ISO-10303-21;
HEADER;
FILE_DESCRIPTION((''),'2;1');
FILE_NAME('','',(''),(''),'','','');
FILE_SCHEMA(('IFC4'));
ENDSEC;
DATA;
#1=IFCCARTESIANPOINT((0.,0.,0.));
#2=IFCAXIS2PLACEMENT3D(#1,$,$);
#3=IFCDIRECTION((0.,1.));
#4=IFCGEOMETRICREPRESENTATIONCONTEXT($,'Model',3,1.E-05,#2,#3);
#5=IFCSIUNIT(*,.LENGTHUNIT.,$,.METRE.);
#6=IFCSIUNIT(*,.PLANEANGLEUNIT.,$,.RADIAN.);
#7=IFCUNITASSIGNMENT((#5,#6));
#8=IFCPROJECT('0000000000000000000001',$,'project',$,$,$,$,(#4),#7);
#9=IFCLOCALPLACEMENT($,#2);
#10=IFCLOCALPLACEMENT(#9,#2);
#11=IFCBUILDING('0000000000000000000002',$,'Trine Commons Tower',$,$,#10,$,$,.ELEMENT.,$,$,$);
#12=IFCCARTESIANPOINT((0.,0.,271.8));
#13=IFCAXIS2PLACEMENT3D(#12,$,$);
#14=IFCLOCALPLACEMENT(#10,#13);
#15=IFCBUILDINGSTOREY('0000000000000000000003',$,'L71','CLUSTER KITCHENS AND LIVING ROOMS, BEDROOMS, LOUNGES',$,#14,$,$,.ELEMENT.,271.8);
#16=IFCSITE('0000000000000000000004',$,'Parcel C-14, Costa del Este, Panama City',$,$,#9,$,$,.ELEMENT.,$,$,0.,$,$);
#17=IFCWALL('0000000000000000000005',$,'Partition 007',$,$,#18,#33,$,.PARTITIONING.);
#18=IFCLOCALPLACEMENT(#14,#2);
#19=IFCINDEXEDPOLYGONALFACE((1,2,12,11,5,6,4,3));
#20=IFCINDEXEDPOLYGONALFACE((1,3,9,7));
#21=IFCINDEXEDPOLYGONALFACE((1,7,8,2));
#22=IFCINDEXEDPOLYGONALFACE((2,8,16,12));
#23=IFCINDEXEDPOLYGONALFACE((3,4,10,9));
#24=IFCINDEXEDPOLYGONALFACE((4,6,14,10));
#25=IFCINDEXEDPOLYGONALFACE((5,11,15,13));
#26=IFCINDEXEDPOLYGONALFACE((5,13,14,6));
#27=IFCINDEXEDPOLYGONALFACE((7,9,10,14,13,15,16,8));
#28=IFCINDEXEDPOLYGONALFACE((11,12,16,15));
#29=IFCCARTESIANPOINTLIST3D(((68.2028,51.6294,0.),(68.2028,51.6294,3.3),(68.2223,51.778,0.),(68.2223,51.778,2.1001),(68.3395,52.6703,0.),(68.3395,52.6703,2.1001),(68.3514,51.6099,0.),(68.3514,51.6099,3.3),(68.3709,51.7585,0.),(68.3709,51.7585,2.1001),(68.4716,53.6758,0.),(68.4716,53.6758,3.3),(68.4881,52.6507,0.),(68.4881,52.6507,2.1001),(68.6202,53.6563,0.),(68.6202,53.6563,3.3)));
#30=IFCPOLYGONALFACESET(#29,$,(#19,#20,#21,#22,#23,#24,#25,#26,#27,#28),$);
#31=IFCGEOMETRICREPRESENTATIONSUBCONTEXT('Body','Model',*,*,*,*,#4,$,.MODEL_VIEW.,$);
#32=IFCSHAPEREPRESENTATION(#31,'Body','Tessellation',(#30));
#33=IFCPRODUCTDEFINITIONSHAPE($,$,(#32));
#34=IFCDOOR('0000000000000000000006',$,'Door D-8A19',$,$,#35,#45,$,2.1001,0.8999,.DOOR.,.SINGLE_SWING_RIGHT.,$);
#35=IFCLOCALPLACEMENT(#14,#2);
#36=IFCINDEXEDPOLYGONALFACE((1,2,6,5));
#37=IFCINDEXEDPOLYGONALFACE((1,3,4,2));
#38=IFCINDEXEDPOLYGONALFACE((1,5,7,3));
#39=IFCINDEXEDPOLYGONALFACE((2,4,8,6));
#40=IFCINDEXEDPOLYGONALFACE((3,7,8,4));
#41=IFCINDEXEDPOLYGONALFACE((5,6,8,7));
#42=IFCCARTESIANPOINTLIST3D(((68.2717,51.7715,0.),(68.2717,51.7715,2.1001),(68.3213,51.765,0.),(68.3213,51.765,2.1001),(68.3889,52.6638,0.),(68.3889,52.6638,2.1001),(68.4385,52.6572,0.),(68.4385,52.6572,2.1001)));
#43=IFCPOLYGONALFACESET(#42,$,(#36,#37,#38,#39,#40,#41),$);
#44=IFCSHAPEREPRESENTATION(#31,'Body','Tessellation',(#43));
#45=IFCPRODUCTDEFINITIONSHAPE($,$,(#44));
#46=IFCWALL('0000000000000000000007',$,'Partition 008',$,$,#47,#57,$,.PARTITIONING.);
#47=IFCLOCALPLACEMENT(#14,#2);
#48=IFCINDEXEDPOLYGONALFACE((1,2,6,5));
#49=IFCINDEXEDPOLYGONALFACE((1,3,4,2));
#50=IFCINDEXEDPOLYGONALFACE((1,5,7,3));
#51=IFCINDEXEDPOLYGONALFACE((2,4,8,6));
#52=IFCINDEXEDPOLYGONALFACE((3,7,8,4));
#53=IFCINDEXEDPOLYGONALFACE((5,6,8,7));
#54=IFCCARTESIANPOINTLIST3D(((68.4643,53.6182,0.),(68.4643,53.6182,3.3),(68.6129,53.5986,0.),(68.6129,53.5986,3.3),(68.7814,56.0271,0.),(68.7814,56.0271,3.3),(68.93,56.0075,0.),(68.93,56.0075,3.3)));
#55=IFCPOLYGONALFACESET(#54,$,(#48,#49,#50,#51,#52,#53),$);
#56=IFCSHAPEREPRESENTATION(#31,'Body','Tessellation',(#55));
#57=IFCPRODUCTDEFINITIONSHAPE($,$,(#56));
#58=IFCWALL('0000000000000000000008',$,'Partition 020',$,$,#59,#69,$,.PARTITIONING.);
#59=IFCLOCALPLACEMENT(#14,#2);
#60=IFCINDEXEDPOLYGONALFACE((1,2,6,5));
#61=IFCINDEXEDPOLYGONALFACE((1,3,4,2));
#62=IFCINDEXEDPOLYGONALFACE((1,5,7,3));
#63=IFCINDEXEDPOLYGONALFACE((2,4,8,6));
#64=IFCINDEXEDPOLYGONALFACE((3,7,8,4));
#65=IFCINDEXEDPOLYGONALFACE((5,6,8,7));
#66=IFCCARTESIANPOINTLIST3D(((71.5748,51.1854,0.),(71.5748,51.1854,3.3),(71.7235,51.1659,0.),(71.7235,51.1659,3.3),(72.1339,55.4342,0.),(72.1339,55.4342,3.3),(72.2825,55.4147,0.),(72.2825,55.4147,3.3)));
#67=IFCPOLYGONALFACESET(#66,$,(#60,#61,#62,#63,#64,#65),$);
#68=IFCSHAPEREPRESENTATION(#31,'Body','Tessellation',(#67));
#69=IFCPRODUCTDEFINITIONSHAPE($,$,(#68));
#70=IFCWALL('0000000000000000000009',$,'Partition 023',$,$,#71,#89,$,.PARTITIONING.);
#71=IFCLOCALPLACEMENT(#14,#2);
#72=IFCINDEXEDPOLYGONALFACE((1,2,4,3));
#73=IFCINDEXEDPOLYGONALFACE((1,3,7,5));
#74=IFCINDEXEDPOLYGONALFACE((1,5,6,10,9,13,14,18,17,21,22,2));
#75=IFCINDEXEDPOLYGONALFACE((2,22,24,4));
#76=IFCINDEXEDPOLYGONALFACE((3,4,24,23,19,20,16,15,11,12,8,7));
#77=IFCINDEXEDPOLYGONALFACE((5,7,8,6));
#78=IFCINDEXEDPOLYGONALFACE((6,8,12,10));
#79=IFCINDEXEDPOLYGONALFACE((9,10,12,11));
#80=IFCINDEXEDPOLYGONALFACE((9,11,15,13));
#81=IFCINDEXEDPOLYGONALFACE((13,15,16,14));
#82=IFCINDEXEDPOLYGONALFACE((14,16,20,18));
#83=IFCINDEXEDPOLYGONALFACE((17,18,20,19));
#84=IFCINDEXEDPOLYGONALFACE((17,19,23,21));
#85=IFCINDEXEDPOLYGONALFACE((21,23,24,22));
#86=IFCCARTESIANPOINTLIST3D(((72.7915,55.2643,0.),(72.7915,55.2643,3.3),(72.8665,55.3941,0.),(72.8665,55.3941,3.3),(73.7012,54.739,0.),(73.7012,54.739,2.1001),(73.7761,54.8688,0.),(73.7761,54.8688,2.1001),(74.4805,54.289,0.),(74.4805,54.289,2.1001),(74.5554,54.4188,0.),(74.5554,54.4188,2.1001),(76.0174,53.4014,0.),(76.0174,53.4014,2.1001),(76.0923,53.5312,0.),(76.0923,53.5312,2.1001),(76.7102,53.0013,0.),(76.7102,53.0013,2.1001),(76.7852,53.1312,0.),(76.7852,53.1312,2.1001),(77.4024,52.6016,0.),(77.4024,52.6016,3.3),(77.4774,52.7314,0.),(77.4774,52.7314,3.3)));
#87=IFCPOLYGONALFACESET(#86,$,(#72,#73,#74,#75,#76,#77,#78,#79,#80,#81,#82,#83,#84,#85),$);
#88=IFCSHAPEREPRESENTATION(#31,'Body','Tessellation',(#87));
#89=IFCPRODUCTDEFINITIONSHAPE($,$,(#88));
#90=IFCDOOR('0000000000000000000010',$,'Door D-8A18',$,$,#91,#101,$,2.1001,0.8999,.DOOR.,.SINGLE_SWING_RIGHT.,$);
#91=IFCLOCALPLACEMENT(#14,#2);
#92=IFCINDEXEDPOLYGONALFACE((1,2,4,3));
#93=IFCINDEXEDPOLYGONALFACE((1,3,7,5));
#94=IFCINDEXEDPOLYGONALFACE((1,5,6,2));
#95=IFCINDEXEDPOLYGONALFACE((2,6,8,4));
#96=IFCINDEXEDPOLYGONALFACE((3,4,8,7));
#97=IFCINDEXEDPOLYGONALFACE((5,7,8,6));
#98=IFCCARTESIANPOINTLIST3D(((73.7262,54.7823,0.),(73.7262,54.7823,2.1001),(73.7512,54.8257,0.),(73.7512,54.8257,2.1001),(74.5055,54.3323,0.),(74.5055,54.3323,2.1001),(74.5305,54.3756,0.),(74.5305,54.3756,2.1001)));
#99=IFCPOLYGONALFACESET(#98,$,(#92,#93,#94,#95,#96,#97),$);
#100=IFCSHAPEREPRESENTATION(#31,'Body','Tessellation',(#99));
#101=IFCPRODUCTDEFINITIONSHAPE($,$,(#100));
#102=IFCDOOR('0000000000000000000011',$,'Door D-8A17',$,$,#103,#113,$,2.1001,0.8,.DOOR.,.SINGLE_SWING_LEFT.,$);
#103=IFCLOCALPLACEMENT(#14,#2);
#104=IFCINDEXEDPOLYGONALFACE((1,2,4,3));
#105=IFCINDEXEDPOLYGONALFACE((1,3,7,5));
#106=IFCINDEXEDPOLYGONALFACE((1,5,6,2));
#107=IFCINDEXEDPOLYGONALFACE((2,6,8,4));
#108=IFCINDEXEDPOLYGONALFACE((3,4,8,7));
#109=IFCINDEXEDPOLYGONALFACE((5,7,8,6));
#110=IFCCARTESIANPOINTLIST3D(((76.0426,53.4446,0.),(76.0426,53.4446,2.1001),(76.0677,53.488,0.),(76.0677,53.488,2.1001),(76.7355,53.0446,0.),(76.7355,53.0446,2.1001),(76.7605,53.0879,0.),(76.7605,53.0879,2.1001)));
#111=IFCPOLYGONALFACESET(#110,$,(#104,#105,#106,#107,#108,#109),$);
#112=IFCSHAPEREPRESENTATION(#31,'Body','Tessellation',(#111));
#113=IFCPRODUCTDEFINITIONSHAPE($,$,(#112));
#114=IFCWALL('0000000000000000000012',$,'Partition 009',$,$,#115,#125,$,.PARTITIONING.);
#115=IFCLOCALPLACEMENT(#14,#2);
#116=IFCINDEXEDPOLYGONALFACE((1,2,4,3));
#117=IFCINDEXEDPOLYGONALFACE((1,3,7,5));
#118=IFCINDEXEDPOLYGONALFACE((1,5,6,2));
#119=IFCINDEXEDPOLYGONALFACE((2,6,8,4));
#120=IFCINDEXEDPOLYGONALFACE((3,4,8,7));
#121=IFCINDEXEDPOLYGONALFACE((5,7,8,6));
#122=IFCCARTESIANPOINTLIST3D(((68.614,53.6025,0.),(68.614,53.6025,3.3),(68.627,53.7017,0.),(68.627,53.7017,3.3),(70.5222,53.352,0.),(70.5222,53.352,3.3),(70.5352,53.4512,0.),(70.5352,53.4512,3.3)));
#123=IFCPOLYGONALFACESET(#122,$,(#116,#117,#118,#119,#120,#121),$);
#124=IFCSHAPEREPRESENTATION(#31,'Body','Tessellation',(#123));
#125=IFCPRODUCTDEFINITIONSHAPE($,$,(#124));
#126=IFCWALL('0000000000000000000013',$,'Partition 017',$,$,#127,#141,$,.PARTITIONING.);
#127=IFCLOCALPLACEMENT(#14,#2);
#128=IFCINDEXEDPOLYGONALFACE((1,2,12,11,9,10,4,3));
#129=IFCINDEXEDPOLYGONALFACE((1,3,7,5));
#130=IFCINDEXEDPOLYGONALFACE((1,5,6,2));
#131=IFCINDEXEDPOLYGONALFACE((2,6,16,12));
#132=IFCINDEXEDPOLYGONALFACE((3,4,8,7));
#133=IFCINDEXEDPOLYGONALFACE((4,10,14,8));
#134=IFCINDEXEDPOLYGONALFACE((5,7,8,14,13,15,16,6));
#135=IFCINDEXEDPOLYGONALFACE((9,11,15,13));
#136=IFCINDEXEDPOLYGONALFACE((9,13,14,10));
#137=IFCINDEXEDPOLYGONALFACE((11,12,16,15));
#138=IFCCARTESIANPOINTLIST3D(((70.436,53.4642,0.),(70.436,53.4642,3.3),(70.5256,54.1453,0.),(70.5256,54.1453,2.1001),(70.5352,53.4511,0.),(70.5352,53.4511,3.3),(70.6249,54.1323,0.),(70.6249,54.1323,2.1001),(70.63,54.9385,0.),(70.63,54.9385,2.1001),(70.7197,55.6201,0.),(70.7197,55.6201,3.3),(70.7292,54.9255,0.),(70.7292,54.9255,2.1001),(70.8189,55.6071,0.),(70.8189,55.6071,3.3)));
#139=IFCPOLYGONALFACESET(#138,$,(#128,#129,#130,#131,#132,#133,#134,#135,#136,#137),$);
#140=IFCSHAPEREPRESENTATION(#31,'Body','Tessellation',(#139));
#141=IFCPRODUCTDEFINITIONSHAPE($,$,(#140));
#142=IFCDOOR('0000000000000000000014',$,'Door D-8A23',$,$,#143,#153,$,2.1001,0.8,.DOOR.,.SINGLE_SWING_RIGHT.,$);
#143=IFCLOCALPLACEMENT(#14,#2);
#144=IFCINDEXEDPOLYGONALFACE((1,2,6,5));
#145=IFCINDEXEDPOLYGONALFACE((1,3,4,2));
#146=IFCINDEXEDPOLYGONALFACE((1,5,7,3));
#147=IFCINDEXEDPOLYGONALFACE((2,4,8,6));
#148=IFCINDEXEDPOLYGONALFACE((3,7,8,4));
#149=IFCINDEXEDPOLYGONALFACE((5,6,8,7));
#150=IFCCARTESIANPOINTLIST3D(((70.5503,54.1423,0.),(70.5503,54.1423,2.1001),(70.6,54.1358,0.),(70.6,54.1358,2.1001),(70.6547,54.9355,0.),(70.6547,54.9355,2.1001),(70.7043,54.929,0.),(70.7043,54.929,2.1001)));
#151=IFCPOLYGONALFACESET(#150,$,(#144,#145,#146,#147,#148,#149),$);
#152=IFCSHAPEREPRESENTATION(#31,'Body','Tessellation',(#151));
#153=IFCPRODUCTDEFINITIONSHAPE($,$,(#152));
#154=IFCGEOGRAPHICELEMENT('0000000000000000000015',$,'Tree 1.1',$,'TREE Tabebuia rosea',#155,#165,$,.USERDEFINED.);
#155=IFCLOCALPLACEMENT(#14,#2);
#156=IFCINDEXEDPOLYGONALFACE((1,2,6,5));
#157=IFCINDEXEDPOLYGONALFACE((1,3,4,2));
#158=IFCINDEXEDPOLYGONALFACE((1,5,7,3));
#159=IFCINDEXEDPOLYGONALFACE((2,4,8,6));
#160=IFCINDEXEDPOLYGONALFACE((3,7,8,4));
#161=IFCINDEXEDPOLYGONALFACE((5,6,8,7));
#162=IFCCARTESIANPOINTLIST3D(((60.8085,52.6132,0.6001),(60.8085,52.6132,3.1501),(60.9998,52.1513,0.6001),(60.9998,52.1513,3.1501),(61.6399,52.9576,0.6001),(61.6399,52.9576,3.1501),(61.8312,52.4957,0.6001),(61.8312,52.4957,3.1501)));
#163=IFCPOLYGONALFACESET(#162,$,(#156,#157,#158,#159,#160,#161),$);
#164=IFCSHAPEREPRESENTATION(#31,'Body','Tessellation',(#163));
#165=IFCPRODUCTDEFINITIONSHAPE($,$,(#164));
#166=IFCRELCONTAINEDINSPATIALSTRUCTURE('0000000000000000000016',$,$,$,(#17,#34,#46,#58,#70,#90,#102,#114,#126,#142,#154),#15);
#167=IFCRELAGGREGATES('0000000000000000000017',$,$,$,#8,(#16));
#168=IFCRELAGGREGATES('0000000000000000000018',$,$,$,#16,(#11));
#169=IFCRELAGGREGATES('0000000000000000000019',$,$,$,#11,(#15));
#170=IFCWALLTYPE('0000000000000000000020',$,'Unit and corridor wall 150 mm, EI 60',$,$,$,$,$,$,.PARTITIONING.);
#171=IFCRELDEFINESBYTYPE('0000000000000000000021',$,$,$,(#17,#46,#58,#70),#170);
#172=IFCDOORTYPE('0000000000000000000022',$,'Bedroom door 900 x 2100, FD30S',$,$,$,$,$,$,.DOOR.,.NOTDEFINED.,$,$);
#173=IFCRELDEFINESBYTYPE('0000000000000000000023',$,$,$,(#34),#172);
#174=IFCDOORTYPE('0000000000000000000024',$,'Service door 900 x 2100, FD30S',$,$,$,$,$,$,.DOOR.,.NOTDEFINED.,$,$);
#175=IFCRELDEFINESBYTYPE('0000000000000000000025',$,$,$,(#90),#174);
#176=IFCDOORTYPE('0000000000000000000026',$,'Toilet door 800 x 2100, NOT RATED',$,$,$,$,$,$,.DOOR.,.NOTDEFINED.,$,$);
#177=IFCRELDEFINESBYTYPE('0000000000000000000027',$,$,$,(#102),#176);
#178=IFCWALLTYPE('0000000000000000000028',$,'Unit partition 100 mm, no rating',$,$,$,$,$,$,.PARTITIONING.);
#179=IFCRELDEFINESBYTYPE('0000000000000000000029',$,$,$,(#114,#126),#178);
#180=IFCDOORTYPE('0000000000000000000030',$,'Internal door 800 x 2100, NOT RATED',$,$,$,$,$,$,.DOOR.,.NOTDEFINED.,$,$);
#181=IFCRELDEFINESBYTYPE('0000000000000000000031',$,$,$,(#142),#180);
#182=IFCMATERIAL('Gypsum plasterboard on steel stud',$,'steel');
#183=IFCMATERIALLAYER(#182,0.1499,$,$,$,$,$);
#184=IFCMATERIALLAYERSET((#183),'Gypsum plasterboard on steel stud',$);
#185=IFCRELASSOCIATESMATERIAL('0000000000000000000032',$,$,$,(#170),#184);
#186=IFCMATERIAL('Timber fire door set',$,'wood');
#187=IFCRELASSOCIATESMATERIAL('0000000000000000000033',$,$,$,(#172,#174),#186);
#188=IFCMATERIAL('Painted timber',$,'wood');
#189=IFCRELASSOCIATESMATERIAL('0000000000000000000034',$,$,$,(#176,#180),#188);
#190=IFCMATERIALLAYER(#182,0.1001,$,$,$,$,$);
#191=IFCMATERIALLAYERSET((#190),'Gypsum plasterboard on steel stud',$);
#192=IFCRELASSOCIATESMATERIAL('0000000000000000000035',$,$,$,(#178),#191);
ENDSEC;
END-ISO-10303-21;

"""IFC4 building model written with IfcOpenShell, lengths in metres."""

from ifc_helpers import new_model, si_unit, direction, frame, frame_2d, origin, origin_2d, place, context, subcontext, project, spatial, rectangle, extrude, material, layer, layer_set, type_object, element, fill, save


model = new_model("IFC4")

# Units and contexts
model_context = context("Model", 3, precision=1e-05, world=origin(), true_north=direction((0.0, 1.0)))
body_context = subcontext(model_context, "Body", "Model", "MODEL_VIEW")
ifc_project = project(units=[si_unit("LENGTHUNIT", "METRE"), si_unit("PLANEANGLEUNIT", "RADIAN")], contexts=[model_context])

# Site, building, storey
site_placement = place(None, origin())
site = spatial("IfcSite", under=ifc_project, at=site_placement, Name="Parcel C-14, Costa del Este, Panama City", CompositionType="ELEMENT", RefElevation=0.0)
building_placement = place(site_placement, origin())
building = spatial("IfcBuilding", under=site, at=building_placement, Name="Trine Commons Tower", CompositionType="ELEMENT")
storey_placement = place(building_placement, frame((0.0, 0.0, 271.8)))
storey = spatial("IfcBuildingStorey", under=building, at=storey_placement, Name="L71", Description="CLUSTER KITCHENS AND LIVING ROOMS, BEDROOMS, LOUNGES", CompositionType="ELEMENT", Elevation=271.8)

# Wall, opening, door
ifc_material_1 = material(Name="Gypsum plasterboard on steel stud", Category="steel")
ifc_layer_1 = layer(ifc_material_1, 0.1499)
ifc_layer_set_1 = layer_set([ifc_layer_1], Name="Gypsum plasterboard on steel stud")
wall_type_1 = type_object("IfcWallType", Name="Unit and corridor wall 150 mm, EI 60", PredefinedType="PARTITIONING", material=ifc_layer_set_1)
wall_1_placement = place(storey_placement, frame((68.2771, 51.6196, 0.0), z_axis=(0.0, 0.0, 1.0), x_axis=(0.130234, 0.991483, 0.0)))
wall_1 = element("IfcWall", 1, at=wall_1_placement, inside=storey, type_object=wall_type_1, Name="Partition 007", PredefinedType="PARTITIONING", context=body_context, shape_type="SweptSolid", body=[
    extrude(rectangle(XDim=2.064, YDim=0.1499, at=frame_2d((1.032, 0.0))), origin(), (0.0, 0.0, 1.0), 3.3),
])
opening_1_placement = place(wall_1_placement, frame((0.1499, 0.0, 0.0)))
opening_1 = element("IfcOpeningElement", 2, at=opening_1_placement, cuts=wall_1, PredefinedType="OPENING", context=body_context, shape_type="SweptSolid", body=[
    extrude(rectangle(XDim=0.8999, YDim=2.1001, at=frame_2d((0.45, 1.05))), frame((0.0, 0.085, 0.0), z_axis=(0.0, -1.0, 0.0), x_axis=(1.0, 0.0, 0.0)), (0.0, 0.0, 1.0), 0.1699),
])
ifc_material_2 = material(Name="Timber fire door set", Category="wood")
door_type_1 = type_object("IfcDoorType", Name="Bedroom door 900 x 2100, FD30S", OperationType="NOTDEFINED", PredefinedType="DOOR", material=ifc_material_2)
door_1_placement = place(opening_1_placement, frame((0.8999, 0.0, 0.0), z_axis=(0.0, 0.0, 1.0), x_axis=(-1.0, 0.0, 0.0)))
door_1 = element("IfcDoor", 3, at=door_1_placement, inside=storey, type_object=door_type_1, Name="Door D-8A19", OperationType="SINGLE_SWING_RIGHT", OverallHeight=2.1001, OverallWidth=0.8999, PredefinedType="DOOR", context=body_context, shape_type="SweptSolid", body=[
    extrude(rectangle(XDim=0.8999, YDim=2.1001, at=frame_2d((0.45, 1.05))), frame((0.0, 0.0249, 0.0), z_axis=(0.0, -1.0, 0.0), x_axis=(1.0, 0.0, 0.0)), (0.0, 0.0, 1.0), 0.05),
])
fill(opening_1, door_1)

# Walls
wall_2_placement = place(storey_placement, frame((68.5386, 53.6084, 0.0), z_axis=(0.0, 0.0, 1.0), x_axis=(0.130525, 0.991445, 0.0)))
element("IfcWall", 4, at=wall_2_placement, inside=storey, type_object=wall_type_1, Name="Partition 008", PredefinedType="PARTITIONING", context=body_context, shape_type="SweptSolid", body=[
    extrude(rectangle(XDim=2.4297, YDim=0.1499, at=frame_2d((1.2148, 0.0))), origin(), (0.0, 0.0, 1.0), 3.3),
])
wall_3_placement = place(storey_placement, frame((71.6492, 51.1758, 0.0), z_axis=(0.0, 0.0, 1.0), x_axis=(0.130462, 0.991453, 0.0)))
element("IfcWall", 5, at=wall_3_placement, inside=storey, type_object=wall_type_1, Name="Partition 020", PredefinedType="PARTITIONING", context=body_context, shape_type="SweptSolid", body=[
    extrude(rectangle(XDim=4.2854, YDim=0.1499, at=frame_2d((2.1426, 0.0))), origin(), (0.0, 0.0, 1.0), 3.3),
])

# Wall, openings, doors
wall_4_placement = place(storey_placement, frame((72.8291, 55.3291, 0.0), z_axis=(0.0, 0.0, 1.0), x_axis=(0.865982, -0.500074, 0.0)))
wall_4 = element("IfcWall", 6, at=wall_4_placement, inside=storey, type_object=wall_type_1, Name="Partition 023", PredefinedType="PARTITIONING", context=body_context, shape_type="SweptSolid", body=[
    extrude(rectangle(XDim=5.3245, YDim=0.1499, at=frame_2d((2.6621, 0.0))), origin(), (0.0, 0.0, 1.0), 3.3),
])
opening_2_placement = place(wall_4_placement, frame((3.7251, 0.0, 0.0)))
opening_2 = element("IfcOpeningElement", 7, at=opening_2_placement, cuts=wall_4, PredefinedType="OPENING", context=body_context, shape_type="SweptSolid", body=[
    extrude(rectangle(XDim=0.8, YDim=2.1001, at=frame_2d((0.3999, 1.05))), frame((0.0, 0.085, 0.0), z_axis=(0.0, -1.0, 0.0), x_axis=(1.0, 0.0, 0.0)), (0.0, 0.0, 1.0), 0.1699),
])
opening_3_placement = place(wall_4_placement, frame((1.0503, 0.0, 0.0)))
opening_3 = element("IfcOpeningElement", 8, at=opening_3_placement, cuts=wall_4, PredefinedType="OPENING", context=body_context, shape_type="SweptSolid", body=[
    extrude(rectangle(XDim=0.8999, YDim=2.1001, at=frame_2d((0.45, 1.05))), frame((0.0, 0.085, 0.0), z_axis=(0.0, -1.0, 0.0), x_axis=(1.0, 0.0, 0.0)), (0.0, 0.0, 1.0), 0.1699),
])
door_type_2 = type_object("IfcDoorType", Name="Service door 900 x 2100, FD30S", OperationType="NOTDEFINED", PredefinedType="DOOR", material=ifc_material_2)
door_2_placement = place(opening_3_placement, frame((0.8999, 0.0, 0.0), z_axis=(0.0, 0.0, 1.0), x_axis=(-1.0, 0.0, 0.0)))
door_2 = element("IfcDoor", 9, at=door_2_placement, inside=storey, type_object=door_type_2, Name="Door D-8A18", OperationType="SINGLE_SWING_RIGHT", OverallHeight=2.1001, OverallWidth=0.8999, PredefinedType="DOOR", context=body_context, shape_type="SweptSolid", body=[
    extrude(rectangle(XDim=0.8999, YDim=2.1001, at=frame_2d((0.45, 1.05))), frame((0.0, 0.0249, 0.0), z_axis=(0.0, -1.0, 0.0), x_axis=(1.0, 0.0, 0.0)), (0.0, 0.0, 1.0), 0.05),
])
fill(opening_3, door_2)
ifc_material_3 = material(Name="Painted timber", Category="wood")
door_type_3 = type_object("IfcDoorType", Name="Toilet door 800 x 2100, NOT RATED", OperationType="NOTDEFINED", PredefinedType="DOOR", material=ifc_material_3)
door_3_placement = place(opening_2_placement, frame((0.8, 0.0, 0.0), z_axis=(0.0, 0.0, 1.0), x_axis=(-1.0, 0.0, 0.0)))
door_3 = element("IfcDoor", 10, at=door_3_placement, inside=storey, type_object=door_type_3, Name="Door D-8A17", OperationType="SINGLE_SWING_LEFT", OverallHeight=2.1001, OverallWidth=0.8, PredefinedType="DOOR", context=body_context, shape_type="SweptSolid", body=[
    extrude(rectangle(XDim=0.8, YDim=2.1001, at=frame_2d((0.3999, 1.05))), frame((0.0, 0.0249, 0.0), z_axis=(0.0, -1.0, 0.0), x_axis=(1.0, 0.0, 0.0)), (0.0, 0.0, 1.0), 0.05),
])
fill(opening_2, door_3)

# Wall
ifc_layer_2 = layer(ifc_material_1, 0.1001)
ifc_layer_set_2 = layer_set([ifc_layer_2], Name="Gypsum plasterboard on steel stud")
wall_type_2 = type_object("IfcWallType", Name="Unit partition 100 mm, no rating", PredefinedType="PARTITIONING", material=ifc_layer_set_2)
wall_5_placement = place(storey_placement, frame((68.6204, 53.6521, 0.0), z_axis=(0.0, 0.0, 1.0), x_axis=(0.991494, -0.130153, 0.0)))
element("IfcWall", 11, at=wall_5_placement, inside=storey, type_object=wall_type_2, Name="Partition 009", PredefinedType="PARTITIONING", context=body_context, shape_type="SweptSolid", body=[
    extrude(rectangle(XDim=1.9246, YDim=0.1001, at=frame_2d((0.9624, 0.0))), origin(), (0.0, 0.0, 1.0), 3.3),
])

# Wall, opening, door
wall_6_placement = place(storey_placement, frame((70.4856, 53.4575, 0.0), z_axis=(0.0, 0.0, 1.0), x_axis=(0.130457, 0.991454, 0.0)))
wall_6 = element("IfcWall", 12, at=wall_6_placement, inside=storey, type_object=wall_type_2, Name="Partition 017", PredefinedType="PARTITIONING", context=body_context, shape_type="SweptSolid", body=[
    extrude(rectangle(XDim=2.1746, YDim=0.1001, at=frame_2d((1.0874, 0.0))), origin(), (0.0, 0.0, 1.0), 3.3),
])
opening_4_placement = place(wall_6_placement, frame((0.6873, 0.0, 0.0)))
opening_4 = element("IfcOpeningElement", 13, at=opening_4_placement, cuts=wall_6, PredefinedType="OPENING", context=body_context, shape_type="SweptSolid", body=[
    extrude(rectangle(XDim=0.8, YDim=2.1001, at=frame_2d((0.3999, 1.05))), frame((0.0, 0.0601, 0.0), z_axis=(0.0, -1.0, 0.0), x_axis=(1.0, 0.0, 0.0)), (0.0, 0.0, 1.0), 0.1201),
])
door_type_4 = type_object("IfcDoorType", Name="Internal door 800 x 2100, NOT RATED", OperationType="NOTDEFINED", PredefinedType="DOOR", material=ifc_material_3)
door_4_placement = place(opening_4_placement, frame((0.8, 0.0, 0.0), z_axis=(0.0, 0.0, 1.0), x_axis=(-1.0, 0.0, 0.0)))
door_4 = element("IfcDoor", 14, at=door_4_placement, inside=storey, type_object=door_type_4, Name="Door D-8A23", OperationType="SINGLE_SWING_RIGHT", OverallHeight=2.1001, OverallWidth=0.8, PredefinedType="DOOR", context=body_context, shape_type="SweptSolid", body=[
    extrude(rectangle(XDim=0.8, YDim=2.1001, at=frame_2d((0.3999, 1.05))), frame((0.0, 0.0249, 0.0), z_axis=(0.0, -1.0, 0.0), x_axis=(1.0, 0.0, 0.0)), (0.0, 0.0, 1.0), 0.05),
])
fill(opening_4, door_4)

# Geographic element
for number, where, z_axis, x_axis, name in (
    (15, (61.3198, 52.5544, 0.6001), (0.0, 0.0, 1.0), (0.923886, 0.382669, 0.0), "Tree 1.1"),
):
    element("IfcGeographicElement", number, at=place(storey_placement, frame(where, z_axis=z_axis, x_axis=x_axis)), inside=storey, Name=name, ObjectType="TREE Tabebuia rosea", PredefinedType="USERDEFINED", context=body_context, shape_type="SweptSolid", body=[
        extrude(rectangle(XDim=0.8999, YDim=0.5, at=origin_2d()), origin(), (0.0, 0.0, 1.0), 2.55),
    ])

save(model, "model.ifc")
